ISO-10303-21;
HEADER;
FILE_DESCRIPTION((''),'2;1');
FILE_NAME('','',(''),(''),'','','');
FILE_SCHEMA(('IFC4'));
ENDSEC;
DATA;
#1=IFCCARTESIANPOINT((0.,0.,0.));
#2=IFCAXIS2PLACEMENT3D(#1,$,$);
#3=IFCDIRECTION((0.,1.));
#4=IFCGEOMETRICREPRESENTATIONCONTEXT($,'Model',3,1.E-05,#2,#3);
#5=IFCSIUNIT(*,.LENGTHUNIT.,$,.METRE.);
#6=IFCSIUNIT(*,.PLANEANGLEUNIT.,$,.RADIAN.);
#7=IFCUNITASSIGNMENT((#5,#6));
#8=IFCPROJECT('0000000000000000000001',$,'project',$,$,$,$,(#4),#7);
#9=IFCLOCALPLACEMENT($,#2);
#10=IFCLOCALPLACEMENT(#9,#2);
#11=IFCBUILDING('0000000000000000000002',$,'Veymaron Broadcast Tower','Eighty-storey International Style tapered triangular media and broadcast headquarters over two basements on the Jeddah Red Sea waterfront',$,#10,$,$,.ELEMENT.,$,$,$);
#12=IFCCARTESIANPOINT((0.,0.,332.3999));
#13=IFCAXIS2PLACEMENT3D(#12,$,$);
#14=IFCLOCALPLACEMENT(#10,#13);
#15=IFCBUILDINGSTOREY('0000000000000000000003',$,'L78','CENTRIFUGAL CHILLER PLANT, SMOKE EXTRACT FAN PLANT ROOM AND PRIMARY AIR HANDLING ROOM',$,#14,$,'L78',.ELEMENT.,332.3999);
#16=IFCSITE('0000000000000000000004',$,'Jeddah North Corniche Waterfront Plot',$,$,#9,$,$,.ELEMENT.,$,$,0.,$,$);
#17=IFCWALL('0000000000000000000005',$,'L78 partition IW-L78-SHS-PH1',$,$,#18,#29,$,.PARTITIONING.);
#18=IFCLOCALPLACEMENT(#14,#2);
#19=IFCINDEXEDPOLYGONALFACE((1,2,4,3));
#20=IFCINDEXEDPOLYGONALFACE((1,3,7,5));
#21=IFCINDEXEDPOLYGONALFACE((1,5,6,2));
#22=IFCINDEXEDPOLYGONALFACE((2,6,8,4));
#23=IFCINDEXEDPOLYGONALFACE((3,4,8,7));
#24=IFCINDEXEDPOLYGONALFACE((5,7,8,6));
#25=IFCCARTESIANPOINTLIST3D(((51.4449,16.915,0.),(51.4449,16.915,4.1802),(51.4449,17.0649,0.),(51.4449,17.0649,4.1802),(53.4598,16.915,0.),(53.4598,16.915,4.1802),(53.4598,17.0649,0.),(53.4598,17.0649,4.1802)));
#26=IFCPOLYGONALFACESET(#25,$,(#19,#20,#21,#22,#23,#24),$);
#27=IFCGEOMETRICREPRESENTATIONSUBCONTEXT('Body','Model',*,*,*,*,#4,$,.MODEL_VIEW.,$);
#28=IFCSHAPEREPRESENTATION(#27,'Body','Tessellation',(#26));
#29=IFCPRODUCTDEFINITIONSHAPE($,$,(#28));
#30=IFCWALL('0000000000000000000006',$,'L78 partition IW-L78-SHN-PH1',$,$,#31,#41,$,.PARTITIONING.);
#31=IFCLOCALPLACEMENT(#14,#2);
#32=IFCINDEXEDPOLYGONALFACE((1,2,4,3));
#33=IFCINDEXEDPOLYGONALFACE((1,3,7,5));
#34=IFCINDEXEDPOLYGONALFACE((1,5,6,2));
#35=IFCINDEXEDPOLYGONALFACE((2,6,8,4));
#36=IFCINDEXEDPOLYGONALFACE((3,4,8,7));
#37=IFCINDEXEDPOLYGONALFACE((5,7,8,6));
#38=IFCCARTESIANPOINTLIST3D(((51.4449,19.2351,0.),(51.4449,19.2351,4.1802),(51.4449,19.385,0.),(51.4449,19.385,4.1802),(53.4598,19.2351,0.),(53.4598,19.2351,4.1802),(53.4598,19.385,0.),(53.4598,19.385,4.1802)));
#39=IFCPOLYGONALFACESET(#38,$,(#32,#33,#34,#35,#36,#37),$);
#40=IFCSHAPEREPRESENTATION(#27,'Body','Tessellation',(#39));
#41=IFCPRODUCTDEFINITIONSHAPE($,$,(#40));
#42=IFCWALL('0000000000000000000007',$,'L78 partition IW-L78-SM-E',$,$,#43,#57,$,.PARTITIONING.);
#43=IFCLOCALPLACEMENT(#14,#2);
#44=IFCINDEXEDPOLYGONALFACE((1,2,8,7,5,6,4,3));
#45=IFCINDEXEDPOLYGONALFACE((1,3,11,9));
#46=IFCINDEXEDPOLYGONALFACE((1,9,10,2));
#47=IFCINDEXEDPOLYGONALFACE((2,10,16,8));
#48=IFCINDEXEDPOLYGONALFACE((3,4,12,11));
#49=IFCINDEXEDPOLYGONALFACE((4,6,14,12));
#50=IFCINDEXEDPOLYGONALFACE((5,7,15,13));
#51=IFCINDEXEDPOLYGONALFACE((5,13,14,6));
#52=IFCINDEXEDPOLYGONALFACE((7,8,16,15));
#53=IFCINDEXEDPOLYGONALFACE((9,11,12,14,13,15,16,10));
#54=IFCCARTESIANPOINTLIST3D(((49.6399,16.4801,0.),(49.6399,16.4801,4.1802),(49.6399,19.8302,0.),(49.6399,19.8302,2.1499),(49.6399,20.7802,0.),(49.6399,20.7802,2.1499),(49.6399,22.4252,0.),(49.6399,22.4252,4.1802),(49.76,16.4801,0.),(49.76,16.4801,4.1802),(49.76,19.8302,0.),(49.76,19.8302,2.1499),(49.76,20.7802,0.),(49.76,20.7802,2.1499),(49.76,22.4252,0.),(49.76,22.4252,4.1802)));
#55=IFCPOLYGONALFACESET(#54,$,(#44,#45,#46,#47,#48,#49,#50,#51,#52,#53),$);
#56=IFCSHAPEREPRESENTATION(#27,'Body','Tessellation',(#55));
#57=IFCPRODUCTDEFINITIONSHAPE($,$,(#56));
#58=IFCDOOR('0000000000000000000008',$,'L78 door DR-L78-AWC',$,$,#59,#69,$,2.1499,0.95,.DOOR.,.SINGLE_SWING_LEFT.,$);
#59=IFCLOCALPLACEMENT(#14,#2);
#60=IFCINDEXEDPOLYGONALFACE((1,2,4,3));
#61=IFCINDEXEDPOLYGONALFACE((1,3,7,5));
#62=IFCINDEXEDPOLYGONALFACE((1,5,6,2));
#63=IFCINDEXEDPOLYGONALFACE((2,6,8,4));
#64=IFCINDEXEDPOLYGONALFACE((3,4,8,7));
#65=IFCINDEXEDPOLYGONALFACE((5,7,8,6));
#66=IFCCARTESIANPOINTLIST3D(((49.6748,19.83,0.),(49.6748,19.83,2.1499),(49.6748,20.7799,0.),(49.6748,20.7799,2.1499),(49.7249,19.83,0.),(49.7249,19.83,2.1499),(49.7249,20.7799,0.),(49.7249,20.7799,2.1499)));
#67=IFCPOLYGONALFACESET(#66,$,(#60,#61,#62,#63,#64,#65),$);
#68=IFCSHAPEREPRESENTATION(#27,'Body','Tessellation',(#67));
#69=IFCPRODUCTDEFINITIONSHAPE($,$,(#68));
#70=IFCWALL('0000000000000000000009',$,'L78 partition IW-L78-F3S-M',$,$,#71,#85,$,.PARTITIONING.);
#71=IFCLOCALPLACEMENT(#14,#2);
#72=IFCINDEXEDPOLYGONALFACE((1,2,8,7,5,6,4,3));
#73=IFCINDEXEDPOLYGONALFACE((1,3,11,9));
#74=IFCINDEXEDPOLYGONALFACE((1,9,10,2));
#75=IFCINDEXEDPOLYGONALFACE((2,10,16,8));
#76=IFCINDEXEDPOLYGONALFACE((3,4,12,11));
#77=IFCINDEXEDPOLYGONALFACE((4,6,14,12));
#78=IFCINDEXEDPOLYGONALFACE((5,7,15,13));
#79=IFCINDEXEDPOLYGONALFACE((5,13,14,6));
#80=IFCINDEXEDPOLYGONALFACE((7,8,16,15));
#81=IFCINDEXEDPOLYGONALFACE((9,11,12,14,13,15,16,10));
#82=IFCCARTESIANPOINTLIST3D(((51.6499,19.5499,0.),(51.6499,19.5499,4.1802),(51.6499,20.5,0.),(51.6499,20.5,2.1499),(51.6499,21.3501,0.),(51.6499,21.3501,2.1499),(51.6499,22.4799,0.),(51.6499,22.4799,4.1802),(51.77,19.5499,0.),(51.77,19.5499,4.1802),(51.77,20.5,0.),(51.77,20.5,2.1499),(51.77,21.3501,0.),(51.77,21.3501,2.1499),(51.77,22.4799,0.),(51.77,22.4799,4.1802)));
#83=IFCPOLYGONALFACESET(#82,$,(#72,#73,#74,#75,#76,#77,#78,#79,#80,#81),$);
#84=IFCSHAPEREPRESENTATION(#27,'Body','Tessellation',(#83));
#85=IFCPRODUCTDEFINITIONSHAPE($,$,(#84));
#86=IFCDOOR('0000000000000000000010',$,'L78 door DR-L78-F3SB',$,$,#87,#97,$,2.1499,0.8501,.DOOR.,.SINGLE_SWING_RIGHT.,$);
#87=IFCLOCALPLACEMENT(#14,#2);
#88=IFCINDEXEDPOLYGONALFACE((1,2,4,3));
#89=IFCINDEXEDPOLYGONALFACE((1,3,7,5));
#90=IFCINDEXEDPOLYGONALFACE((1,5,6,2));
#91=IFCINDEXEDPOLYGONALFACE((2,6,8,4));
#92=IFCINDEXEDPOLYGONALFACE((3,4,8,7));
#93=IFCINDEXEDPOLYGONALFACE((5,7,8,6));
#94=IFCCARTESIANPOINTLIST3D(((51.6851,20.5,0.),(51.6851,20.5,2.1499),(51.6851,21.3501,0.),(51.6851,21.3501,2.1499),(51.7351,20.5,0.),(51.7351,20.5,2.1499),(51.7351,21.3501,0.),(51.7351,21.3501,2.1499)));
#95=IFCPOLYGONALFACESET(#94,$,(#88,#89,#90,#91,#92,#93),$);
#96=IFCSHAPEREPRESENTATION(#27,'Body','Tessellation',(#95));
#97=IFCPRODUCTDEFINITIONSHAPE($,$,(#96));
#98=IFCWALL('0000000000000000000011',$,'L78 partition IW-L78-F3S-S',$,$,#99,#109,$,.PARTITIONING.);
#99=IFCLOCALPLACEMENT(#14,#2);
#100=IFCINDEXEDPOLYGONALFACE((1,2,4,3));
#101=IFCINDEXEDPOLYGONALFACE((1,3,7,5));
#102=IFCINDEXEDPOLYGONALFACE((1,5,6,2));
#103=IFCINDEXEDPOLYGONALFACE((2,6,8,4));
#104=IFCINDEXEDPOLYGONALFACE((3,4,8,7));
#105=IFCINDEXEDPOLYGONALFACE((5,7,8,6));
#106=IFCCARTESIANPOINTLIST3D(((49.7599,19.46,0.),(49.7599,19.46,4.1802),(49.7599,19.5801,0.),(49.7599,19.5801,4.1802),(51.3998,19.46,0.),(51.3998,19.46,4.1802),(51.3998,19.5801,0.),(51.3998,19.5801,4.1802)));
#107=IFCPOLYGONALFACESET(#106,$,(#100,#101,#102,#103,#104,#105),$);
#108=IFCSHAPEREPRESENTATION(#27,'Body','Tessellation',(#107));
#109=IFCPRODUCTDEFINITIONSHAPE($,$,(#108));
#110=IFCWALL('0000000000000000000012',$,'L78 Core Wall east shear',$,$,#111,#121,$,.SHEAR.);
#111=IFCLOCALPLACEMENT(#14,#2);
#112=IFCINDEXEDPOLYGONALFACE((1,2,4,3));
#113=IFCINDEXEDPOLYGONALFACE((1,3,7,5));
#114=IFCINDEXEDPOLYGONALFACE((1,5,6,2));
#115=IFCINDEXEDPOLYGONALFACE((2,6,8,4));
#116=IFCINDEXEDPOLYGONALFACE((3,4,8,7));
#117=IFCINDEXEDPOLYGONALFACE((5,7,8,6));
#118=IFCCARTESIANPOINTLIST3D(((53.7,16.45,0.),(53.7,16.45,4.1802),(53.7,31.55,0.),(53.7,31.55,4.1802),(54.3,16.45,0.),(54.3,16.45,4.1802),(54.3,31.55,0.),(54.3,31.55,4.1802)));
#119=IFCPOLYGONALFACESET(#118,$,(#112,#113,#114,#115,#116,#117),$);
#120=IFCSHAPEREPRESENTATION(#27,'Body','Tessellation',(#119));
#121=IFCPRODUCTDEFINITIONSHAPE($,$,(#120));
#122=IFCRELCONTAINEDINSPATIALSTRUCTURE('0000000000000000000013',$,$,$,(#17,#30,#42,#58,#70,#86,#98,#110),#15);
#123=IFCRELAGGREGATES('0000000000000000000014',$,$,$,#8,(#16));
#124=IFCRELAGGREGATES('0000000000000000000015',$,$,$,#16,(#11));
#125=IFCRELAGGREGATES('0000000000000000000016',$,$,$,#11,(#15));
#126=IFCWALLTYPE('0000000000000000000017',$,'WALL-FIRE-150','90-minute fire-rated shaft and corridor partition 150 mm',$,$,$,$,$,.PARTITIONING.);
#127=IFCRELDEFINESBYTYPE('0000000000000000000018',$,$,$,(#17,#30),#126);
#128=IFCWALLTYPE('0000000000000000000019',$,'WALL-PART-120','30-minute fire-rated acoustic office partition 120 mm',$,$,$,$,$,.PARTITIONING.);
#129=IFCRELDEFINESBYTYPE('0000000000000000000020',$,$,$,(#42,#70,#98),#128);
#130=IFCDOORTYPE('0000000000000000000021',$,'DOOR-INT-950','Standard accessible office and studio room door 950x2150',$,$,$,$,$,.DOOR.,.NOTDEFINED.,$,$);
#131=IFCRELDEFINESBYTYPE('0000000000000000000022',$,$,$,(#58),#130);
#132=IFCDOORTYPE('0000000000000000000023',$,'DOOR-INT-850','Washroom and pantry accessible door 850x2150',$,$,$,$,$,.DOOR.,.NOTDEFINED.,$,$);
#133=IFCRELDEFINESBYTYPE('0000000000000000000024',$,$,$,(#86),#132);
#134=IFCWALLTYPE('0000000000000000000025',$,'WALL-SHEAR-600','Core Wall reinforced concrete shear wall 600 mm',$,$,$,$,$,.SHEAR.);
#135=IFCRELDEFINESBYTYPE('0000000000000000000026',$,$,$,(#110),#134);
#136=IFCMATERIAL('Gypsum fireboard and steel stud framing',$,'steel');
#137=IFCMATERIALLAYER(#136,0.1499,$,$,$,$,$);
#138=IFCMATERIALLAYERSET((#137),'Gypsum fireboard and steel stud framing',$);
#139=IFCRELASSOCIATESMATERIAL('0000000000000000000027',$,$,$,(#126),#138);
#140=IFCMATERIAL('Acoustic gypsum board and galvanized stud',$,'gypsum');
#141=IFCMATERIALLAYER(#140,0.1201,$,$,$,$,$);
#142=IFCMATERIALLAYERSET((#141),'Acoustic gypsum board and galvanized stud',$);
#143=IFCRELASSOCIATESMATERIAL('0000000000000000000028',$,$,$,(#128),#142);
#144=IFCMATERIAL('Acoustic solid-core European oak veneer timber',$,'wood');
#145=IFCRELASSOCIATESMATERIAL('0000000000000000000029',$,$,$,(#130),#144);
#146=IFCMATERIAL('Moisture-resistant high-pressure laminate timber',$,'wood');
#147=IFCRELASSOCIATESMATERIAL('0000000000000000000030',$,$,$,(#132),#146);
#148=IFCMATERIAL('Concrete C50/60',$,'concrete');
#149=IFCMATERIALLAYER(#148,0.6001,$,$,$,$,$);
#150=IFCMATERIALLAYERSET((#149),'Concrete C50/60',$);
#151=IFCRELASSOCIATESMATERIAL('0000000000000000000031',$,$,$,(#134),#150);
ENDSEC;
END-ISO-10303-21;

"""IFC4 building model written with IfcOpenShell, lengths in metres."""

from ifc_helpers import new_model, si_unit, direction, frame, frame_2d, origin, place, context, subcontext, project, spatial, rectangle, extrude, material, layer, layer_set, type_object, element, fill, save


model = new_model("IFC4")

# Units and contexts
model_context = context("Model", 3, precision=1e-05, world=origin(), true_north=direction((0.0, 1.0)))
body_context = subcontext(model_context, "Body", "Model", "MODEL_VIEW")
ifc_project = project(units=[si_unit("LENGTHUNIT", "METRE"), si_unit("PLANEANGLEUNIT", "RADIAN")], contexts=[model_context])

# Site, building, storey
site_placement = place(None, origin())
site = spatial("IfcSite", under=ifc_project, at=site_placement, Name="Jeddah North Corniche Waterfront Plot", CompositionType="ELEMENT", RefElevation=0.0)
building_placement = place(site_placement, origin())
building = spatial("IfcBuilding", under=site, at=building_placement, Name="Veymaron Broadcast Tower", Description="Eighty-storey International Style tapered triangular media and broadcast headquarters over two basements on the Jeddah Red Sea waterfront", CompositionType="ELEMENT")
storey_placement = place(building_placement, frame((0.0, 0.0, 332.3999)))
storey = spatial("IfcBuildingStorey", under=building, at=storey_placement, Name="L78", Description="CENTRIFUGAL CHILLER PLANT, SMOKE EXTRACT FAN PLANT ROOM AND PRIMARY AIR HANDLING ROOM", LongName="L78", CompositionType="ELEMENT", Elevation=332.3999)

# Walls
ifc_material_1 = material(Name="Gypsum fireboard and steel stud framing", Category="steel")
ifc_layer_1 = layer(ifc_material_1, 0.1499)
ifc_layer_set_1 = layer_set([ifc_layer_1], Name="Gypsum fireboard and steel stud framing")
wall_type_1 = type_object("IfcWallType", Name="WALL-FIRE-150", Description="90-minute fire-rated shaft and corridor partition 150 mm", PredefinedType="PARTITIONING", material=ifc_layer_set_1)
for number, where, z_axis, x_axis, name in (
    (1, (51.4451, 16.99, 0.0), (0.0, 0.0, 1.0), (1.0, 0.0, 0.0), "L78 partition IW-L78-SHS-PH1"),
    (2, (51.4451, 19.3101, 0.0), (0.0, 0.0, 1.0), (1.0, 0.0, 0.0), "L78 partition IW-L78-SHN-PH1"),
):
    element("IfcWall", number, at=place(storey_placement, frame(where, z_axis=z_axis, x_axis=x_axis)), inside=storey, type_object=wall_type_1, Name=name, PredefinedType="PARTITIONING", context=body_context, shape_type="SweptSolid", body=[
        extrude(rectangle(XDim=2.0149, YDim=0.1499, at=frame_2d((1.0073, 0.0))), origin(), (0.0, 0.0, 1.0), 4.1802),
    ])

# Walls, openings, doors
ifc_material_2 = material(Name="Acoustic gypsum board and galvanized stud", Category="gypsum")
ifc_layer_2 = layer(ifc_material_2, 0.1201)
ifc_layer_set_2 = layer_set([ifc_layer_2], Name="Acoustic gypsum board and galvanized stud")
wall_type_2 = type_object("IfcWallType", Name="WALL-PART-120", Description="30-minute fire-rated acoustic office partition 120 mm", PredefinedType="PARTITIONING", material=ifc_layer_set_2)
wall_1_placement = place(storey_placement, frame((49.7, 16.48, 0.0), z_axis=(0.0, 0.0, 1.0), x_axis=(0.0, 1.0, 0.0)))
wall_1 = element("IfcWall", 3, at=wall_1_placement, inside=storey, type_object=wall_type_2, Name="L78 partition IW-L78-SM-E", PredefinedType="PARTITIONING", context=body_context, shape_type="SweptSolid", body=[
    extrude(rectangle(XDim=5.9451, YDim=0.1201, at=frame_2d((2.9727, 0.0))), origin(), (0.0, 0.0, 1.0), 4.1802),
])
opening_1_placement = place(wall_1_placement, frame((3.3501, 0.0, 0.0)))
opening_1 = element("IfcOpeningElement", 4, at=opening_1_placement, cuts=wall_1, PredefinedType="OPENING", context=body_context, shape_type="SweptSolid", body=[
    extrude(rectangle(XDim=0.95, YDim=2.1499, at=frame_2d((0.4751, 1.075))), frame((0.0, 0.0701, 0.0), z_axis=(0.0, -1.0, 0.0), x_axis=(1.0, 0.0, 0.0)), (0.0, 0.0, 1.0), 0.1401),
])
ifc_material_3 = material(Name="Acoustic solid-core European oak veneer timber", Category="wood")
door_type_1 = type_object("IfcDoorType", Name="DOOR-INT-950", Description="Standard accessible office and studio room door 950x2150", OperationType="NOTDEFINED", PredefinedType="DOOR", material=ifc_material_3)
door_1_placement = place(opening_1_placement, frame((0.95, 0.0, 0.0), z_axis=(0.0, 0.0, 1.0), x_axis=(-1.0, 0.0, 0.0)))
door_1 = element("IfcDoor", 5, at=door_1_placement, inside=storey, type_object=door_type_1, Name="L78 door DR-L78-AWC", OperationType="SINGLE_SWING_LEFT", OverallHeight=2.1499, OverallWidth=0.95, PredefinedType="DOOR", context=body_context, shape_type="SweptSolid", body=[
    extrude(rectangle(XDim=0.95, YDim=2.1499, at=frame_2d((0.4751, 1.075))), frame((0.0, 0.0249, 0.0), z_axis=(0.0, -1.0, 0.0), x_axis=(1.0, 0.0, 0.0)), (0.0, 0.0, 1.0), 0.05),
])
fill(opening_1, door_1)
wall_2_placement = place(storey_placement, frame((51.71, 19.55, 0.0), z_axis=(0.0, 0.0, 1.0), x_axis=(0.0, 1.0, 0.0)))
wall_2 = element("IfcWall", 6, at=wall_2_placement, inside=storey, type_object=wall_type_2, Name="L78 partition IW-L78-F3S-M", PredefinedType="PARTITIONING", context=body_context, shape_type="SweptSolid", body=[
    extrude(rectangle(XDim=2.9299, YDim=0.1201, at=frame_2d((1.4648, 0.0))), origin(), (0.0, 0.0, 1.0), 4.1802),
])
opening_2_placement = place(wall_2_placement, frame((0.95, 0.0, 0.0)))
opening_2 = element("IfcOpeningElement", 7, at=opening_2_placement, cuts=wall_2, PredefinedType="OPENING", context=body_context, shape_type="SweptSolid", body=[
    extrude(rectangle(XDim=0.8501, YDim=2.1499, at=frame_2d((0.425, 1.075))), frame((0.0, 0.0701, 0.0), z_axis=(0.0, -1.0, 0.0), x_axis=(1.0, 0.0, 0.0)), (0.0, 0.0, 1.0), 0.1401),
])
ifc_material_4 = material(Name="Moisture-resistant high-pressure laminate timber", Category="wood")
door_type_2 = type_object("IfcDoorType", Name="DOOR-INT-850", Description="Washroom and pantry accessible door 850x2150", OperationType="NOTDEFINED", PredefinedType="DOOR", material=ifc_material_4)
door_2_placement = place(opening_2_placement, origin())
door_2 = element("IfcDoor", 8, at=door_2_placement, inside=storey, type_object=door_type_2, Name="L78 door DR-L78-F3SB", OperationType="SINGLE_SWING_RIGHT", OverallHeight=2.1499, OverallWidth=0.8501, PredefinedType="DOOR", context=body_context, shape_type="SweptSolid", body=[
    extrude(rectangle(XDim=0.8501, YDim=2.1499, at=frame_2d((0.425, 1.075))), frame((0.0, 0.0249, 0.0), z_axis=(0.0, -1.0, 0.0), x_axis=(1.0, 0.0, 0.0)), (0.0, 0.0, 1.0), 0.05),
])
fill(opening_2, door_2)

# Walls
wall_3_placement = place(storey_placement, frame((49.76, 19.52, 0.0), z_axis=(0.0, 0.0, 1.0), x_axis=(1.0, 0.0, 0.0)))
element("IfcWall", 9, at=wall_3_placement, inside=storey, type_object=wall_type_2, Name="L78 partition IW-L78-F3S-S", PredefinedType="PARTITIONING", context=body_context, shape_type="SweptSolid", body=[
    extrude(rectangle(XDim=1.6399, YDim=0.1201, at=frame_2d((0.8198, 0.0))), origin(), (0.0, 0.0, 1.0), 4.1802),
])
ifc_material_5 = material(Name="Concrete C50/60", Category="concrete")
ifc_layer_3 = layer(ifc_material_5, 0.6001)
ifc_layer_set_3 = layer_set([ifc_layer_3], Name="Concrete C50/60")
wall_type_3 = type_object("IfcWallType", Name="WALL-SHEAR-600", Description="Core Wall reinforced concrete shear wall 600 mm", PredefinedType="SHEAR", material=ifc_layer_set_3)
wall_4_placement = place(storey_placement, frame((54.0, 16.45, 0.0), z_axis=(0.0, 0.0, 1.0), x_axis=(0.0, 1.0, 0.0)))
element("IfcWall", 10, at=wall_4_placement, inside=storey, type_object=wall_type_3, Name="L78 Core Wall east shear", PredefinedType="SHEAR", context=body_context, shape_type="SweptSolid", body=[
    extrude(rectangle(XDim=15.1001, YDim=0.6001, at=frame_2d((7.55, 0.0))), origin(), (0.0, 0.0, 1.0), 4.1802),
])

save(model, "model.ifc")
